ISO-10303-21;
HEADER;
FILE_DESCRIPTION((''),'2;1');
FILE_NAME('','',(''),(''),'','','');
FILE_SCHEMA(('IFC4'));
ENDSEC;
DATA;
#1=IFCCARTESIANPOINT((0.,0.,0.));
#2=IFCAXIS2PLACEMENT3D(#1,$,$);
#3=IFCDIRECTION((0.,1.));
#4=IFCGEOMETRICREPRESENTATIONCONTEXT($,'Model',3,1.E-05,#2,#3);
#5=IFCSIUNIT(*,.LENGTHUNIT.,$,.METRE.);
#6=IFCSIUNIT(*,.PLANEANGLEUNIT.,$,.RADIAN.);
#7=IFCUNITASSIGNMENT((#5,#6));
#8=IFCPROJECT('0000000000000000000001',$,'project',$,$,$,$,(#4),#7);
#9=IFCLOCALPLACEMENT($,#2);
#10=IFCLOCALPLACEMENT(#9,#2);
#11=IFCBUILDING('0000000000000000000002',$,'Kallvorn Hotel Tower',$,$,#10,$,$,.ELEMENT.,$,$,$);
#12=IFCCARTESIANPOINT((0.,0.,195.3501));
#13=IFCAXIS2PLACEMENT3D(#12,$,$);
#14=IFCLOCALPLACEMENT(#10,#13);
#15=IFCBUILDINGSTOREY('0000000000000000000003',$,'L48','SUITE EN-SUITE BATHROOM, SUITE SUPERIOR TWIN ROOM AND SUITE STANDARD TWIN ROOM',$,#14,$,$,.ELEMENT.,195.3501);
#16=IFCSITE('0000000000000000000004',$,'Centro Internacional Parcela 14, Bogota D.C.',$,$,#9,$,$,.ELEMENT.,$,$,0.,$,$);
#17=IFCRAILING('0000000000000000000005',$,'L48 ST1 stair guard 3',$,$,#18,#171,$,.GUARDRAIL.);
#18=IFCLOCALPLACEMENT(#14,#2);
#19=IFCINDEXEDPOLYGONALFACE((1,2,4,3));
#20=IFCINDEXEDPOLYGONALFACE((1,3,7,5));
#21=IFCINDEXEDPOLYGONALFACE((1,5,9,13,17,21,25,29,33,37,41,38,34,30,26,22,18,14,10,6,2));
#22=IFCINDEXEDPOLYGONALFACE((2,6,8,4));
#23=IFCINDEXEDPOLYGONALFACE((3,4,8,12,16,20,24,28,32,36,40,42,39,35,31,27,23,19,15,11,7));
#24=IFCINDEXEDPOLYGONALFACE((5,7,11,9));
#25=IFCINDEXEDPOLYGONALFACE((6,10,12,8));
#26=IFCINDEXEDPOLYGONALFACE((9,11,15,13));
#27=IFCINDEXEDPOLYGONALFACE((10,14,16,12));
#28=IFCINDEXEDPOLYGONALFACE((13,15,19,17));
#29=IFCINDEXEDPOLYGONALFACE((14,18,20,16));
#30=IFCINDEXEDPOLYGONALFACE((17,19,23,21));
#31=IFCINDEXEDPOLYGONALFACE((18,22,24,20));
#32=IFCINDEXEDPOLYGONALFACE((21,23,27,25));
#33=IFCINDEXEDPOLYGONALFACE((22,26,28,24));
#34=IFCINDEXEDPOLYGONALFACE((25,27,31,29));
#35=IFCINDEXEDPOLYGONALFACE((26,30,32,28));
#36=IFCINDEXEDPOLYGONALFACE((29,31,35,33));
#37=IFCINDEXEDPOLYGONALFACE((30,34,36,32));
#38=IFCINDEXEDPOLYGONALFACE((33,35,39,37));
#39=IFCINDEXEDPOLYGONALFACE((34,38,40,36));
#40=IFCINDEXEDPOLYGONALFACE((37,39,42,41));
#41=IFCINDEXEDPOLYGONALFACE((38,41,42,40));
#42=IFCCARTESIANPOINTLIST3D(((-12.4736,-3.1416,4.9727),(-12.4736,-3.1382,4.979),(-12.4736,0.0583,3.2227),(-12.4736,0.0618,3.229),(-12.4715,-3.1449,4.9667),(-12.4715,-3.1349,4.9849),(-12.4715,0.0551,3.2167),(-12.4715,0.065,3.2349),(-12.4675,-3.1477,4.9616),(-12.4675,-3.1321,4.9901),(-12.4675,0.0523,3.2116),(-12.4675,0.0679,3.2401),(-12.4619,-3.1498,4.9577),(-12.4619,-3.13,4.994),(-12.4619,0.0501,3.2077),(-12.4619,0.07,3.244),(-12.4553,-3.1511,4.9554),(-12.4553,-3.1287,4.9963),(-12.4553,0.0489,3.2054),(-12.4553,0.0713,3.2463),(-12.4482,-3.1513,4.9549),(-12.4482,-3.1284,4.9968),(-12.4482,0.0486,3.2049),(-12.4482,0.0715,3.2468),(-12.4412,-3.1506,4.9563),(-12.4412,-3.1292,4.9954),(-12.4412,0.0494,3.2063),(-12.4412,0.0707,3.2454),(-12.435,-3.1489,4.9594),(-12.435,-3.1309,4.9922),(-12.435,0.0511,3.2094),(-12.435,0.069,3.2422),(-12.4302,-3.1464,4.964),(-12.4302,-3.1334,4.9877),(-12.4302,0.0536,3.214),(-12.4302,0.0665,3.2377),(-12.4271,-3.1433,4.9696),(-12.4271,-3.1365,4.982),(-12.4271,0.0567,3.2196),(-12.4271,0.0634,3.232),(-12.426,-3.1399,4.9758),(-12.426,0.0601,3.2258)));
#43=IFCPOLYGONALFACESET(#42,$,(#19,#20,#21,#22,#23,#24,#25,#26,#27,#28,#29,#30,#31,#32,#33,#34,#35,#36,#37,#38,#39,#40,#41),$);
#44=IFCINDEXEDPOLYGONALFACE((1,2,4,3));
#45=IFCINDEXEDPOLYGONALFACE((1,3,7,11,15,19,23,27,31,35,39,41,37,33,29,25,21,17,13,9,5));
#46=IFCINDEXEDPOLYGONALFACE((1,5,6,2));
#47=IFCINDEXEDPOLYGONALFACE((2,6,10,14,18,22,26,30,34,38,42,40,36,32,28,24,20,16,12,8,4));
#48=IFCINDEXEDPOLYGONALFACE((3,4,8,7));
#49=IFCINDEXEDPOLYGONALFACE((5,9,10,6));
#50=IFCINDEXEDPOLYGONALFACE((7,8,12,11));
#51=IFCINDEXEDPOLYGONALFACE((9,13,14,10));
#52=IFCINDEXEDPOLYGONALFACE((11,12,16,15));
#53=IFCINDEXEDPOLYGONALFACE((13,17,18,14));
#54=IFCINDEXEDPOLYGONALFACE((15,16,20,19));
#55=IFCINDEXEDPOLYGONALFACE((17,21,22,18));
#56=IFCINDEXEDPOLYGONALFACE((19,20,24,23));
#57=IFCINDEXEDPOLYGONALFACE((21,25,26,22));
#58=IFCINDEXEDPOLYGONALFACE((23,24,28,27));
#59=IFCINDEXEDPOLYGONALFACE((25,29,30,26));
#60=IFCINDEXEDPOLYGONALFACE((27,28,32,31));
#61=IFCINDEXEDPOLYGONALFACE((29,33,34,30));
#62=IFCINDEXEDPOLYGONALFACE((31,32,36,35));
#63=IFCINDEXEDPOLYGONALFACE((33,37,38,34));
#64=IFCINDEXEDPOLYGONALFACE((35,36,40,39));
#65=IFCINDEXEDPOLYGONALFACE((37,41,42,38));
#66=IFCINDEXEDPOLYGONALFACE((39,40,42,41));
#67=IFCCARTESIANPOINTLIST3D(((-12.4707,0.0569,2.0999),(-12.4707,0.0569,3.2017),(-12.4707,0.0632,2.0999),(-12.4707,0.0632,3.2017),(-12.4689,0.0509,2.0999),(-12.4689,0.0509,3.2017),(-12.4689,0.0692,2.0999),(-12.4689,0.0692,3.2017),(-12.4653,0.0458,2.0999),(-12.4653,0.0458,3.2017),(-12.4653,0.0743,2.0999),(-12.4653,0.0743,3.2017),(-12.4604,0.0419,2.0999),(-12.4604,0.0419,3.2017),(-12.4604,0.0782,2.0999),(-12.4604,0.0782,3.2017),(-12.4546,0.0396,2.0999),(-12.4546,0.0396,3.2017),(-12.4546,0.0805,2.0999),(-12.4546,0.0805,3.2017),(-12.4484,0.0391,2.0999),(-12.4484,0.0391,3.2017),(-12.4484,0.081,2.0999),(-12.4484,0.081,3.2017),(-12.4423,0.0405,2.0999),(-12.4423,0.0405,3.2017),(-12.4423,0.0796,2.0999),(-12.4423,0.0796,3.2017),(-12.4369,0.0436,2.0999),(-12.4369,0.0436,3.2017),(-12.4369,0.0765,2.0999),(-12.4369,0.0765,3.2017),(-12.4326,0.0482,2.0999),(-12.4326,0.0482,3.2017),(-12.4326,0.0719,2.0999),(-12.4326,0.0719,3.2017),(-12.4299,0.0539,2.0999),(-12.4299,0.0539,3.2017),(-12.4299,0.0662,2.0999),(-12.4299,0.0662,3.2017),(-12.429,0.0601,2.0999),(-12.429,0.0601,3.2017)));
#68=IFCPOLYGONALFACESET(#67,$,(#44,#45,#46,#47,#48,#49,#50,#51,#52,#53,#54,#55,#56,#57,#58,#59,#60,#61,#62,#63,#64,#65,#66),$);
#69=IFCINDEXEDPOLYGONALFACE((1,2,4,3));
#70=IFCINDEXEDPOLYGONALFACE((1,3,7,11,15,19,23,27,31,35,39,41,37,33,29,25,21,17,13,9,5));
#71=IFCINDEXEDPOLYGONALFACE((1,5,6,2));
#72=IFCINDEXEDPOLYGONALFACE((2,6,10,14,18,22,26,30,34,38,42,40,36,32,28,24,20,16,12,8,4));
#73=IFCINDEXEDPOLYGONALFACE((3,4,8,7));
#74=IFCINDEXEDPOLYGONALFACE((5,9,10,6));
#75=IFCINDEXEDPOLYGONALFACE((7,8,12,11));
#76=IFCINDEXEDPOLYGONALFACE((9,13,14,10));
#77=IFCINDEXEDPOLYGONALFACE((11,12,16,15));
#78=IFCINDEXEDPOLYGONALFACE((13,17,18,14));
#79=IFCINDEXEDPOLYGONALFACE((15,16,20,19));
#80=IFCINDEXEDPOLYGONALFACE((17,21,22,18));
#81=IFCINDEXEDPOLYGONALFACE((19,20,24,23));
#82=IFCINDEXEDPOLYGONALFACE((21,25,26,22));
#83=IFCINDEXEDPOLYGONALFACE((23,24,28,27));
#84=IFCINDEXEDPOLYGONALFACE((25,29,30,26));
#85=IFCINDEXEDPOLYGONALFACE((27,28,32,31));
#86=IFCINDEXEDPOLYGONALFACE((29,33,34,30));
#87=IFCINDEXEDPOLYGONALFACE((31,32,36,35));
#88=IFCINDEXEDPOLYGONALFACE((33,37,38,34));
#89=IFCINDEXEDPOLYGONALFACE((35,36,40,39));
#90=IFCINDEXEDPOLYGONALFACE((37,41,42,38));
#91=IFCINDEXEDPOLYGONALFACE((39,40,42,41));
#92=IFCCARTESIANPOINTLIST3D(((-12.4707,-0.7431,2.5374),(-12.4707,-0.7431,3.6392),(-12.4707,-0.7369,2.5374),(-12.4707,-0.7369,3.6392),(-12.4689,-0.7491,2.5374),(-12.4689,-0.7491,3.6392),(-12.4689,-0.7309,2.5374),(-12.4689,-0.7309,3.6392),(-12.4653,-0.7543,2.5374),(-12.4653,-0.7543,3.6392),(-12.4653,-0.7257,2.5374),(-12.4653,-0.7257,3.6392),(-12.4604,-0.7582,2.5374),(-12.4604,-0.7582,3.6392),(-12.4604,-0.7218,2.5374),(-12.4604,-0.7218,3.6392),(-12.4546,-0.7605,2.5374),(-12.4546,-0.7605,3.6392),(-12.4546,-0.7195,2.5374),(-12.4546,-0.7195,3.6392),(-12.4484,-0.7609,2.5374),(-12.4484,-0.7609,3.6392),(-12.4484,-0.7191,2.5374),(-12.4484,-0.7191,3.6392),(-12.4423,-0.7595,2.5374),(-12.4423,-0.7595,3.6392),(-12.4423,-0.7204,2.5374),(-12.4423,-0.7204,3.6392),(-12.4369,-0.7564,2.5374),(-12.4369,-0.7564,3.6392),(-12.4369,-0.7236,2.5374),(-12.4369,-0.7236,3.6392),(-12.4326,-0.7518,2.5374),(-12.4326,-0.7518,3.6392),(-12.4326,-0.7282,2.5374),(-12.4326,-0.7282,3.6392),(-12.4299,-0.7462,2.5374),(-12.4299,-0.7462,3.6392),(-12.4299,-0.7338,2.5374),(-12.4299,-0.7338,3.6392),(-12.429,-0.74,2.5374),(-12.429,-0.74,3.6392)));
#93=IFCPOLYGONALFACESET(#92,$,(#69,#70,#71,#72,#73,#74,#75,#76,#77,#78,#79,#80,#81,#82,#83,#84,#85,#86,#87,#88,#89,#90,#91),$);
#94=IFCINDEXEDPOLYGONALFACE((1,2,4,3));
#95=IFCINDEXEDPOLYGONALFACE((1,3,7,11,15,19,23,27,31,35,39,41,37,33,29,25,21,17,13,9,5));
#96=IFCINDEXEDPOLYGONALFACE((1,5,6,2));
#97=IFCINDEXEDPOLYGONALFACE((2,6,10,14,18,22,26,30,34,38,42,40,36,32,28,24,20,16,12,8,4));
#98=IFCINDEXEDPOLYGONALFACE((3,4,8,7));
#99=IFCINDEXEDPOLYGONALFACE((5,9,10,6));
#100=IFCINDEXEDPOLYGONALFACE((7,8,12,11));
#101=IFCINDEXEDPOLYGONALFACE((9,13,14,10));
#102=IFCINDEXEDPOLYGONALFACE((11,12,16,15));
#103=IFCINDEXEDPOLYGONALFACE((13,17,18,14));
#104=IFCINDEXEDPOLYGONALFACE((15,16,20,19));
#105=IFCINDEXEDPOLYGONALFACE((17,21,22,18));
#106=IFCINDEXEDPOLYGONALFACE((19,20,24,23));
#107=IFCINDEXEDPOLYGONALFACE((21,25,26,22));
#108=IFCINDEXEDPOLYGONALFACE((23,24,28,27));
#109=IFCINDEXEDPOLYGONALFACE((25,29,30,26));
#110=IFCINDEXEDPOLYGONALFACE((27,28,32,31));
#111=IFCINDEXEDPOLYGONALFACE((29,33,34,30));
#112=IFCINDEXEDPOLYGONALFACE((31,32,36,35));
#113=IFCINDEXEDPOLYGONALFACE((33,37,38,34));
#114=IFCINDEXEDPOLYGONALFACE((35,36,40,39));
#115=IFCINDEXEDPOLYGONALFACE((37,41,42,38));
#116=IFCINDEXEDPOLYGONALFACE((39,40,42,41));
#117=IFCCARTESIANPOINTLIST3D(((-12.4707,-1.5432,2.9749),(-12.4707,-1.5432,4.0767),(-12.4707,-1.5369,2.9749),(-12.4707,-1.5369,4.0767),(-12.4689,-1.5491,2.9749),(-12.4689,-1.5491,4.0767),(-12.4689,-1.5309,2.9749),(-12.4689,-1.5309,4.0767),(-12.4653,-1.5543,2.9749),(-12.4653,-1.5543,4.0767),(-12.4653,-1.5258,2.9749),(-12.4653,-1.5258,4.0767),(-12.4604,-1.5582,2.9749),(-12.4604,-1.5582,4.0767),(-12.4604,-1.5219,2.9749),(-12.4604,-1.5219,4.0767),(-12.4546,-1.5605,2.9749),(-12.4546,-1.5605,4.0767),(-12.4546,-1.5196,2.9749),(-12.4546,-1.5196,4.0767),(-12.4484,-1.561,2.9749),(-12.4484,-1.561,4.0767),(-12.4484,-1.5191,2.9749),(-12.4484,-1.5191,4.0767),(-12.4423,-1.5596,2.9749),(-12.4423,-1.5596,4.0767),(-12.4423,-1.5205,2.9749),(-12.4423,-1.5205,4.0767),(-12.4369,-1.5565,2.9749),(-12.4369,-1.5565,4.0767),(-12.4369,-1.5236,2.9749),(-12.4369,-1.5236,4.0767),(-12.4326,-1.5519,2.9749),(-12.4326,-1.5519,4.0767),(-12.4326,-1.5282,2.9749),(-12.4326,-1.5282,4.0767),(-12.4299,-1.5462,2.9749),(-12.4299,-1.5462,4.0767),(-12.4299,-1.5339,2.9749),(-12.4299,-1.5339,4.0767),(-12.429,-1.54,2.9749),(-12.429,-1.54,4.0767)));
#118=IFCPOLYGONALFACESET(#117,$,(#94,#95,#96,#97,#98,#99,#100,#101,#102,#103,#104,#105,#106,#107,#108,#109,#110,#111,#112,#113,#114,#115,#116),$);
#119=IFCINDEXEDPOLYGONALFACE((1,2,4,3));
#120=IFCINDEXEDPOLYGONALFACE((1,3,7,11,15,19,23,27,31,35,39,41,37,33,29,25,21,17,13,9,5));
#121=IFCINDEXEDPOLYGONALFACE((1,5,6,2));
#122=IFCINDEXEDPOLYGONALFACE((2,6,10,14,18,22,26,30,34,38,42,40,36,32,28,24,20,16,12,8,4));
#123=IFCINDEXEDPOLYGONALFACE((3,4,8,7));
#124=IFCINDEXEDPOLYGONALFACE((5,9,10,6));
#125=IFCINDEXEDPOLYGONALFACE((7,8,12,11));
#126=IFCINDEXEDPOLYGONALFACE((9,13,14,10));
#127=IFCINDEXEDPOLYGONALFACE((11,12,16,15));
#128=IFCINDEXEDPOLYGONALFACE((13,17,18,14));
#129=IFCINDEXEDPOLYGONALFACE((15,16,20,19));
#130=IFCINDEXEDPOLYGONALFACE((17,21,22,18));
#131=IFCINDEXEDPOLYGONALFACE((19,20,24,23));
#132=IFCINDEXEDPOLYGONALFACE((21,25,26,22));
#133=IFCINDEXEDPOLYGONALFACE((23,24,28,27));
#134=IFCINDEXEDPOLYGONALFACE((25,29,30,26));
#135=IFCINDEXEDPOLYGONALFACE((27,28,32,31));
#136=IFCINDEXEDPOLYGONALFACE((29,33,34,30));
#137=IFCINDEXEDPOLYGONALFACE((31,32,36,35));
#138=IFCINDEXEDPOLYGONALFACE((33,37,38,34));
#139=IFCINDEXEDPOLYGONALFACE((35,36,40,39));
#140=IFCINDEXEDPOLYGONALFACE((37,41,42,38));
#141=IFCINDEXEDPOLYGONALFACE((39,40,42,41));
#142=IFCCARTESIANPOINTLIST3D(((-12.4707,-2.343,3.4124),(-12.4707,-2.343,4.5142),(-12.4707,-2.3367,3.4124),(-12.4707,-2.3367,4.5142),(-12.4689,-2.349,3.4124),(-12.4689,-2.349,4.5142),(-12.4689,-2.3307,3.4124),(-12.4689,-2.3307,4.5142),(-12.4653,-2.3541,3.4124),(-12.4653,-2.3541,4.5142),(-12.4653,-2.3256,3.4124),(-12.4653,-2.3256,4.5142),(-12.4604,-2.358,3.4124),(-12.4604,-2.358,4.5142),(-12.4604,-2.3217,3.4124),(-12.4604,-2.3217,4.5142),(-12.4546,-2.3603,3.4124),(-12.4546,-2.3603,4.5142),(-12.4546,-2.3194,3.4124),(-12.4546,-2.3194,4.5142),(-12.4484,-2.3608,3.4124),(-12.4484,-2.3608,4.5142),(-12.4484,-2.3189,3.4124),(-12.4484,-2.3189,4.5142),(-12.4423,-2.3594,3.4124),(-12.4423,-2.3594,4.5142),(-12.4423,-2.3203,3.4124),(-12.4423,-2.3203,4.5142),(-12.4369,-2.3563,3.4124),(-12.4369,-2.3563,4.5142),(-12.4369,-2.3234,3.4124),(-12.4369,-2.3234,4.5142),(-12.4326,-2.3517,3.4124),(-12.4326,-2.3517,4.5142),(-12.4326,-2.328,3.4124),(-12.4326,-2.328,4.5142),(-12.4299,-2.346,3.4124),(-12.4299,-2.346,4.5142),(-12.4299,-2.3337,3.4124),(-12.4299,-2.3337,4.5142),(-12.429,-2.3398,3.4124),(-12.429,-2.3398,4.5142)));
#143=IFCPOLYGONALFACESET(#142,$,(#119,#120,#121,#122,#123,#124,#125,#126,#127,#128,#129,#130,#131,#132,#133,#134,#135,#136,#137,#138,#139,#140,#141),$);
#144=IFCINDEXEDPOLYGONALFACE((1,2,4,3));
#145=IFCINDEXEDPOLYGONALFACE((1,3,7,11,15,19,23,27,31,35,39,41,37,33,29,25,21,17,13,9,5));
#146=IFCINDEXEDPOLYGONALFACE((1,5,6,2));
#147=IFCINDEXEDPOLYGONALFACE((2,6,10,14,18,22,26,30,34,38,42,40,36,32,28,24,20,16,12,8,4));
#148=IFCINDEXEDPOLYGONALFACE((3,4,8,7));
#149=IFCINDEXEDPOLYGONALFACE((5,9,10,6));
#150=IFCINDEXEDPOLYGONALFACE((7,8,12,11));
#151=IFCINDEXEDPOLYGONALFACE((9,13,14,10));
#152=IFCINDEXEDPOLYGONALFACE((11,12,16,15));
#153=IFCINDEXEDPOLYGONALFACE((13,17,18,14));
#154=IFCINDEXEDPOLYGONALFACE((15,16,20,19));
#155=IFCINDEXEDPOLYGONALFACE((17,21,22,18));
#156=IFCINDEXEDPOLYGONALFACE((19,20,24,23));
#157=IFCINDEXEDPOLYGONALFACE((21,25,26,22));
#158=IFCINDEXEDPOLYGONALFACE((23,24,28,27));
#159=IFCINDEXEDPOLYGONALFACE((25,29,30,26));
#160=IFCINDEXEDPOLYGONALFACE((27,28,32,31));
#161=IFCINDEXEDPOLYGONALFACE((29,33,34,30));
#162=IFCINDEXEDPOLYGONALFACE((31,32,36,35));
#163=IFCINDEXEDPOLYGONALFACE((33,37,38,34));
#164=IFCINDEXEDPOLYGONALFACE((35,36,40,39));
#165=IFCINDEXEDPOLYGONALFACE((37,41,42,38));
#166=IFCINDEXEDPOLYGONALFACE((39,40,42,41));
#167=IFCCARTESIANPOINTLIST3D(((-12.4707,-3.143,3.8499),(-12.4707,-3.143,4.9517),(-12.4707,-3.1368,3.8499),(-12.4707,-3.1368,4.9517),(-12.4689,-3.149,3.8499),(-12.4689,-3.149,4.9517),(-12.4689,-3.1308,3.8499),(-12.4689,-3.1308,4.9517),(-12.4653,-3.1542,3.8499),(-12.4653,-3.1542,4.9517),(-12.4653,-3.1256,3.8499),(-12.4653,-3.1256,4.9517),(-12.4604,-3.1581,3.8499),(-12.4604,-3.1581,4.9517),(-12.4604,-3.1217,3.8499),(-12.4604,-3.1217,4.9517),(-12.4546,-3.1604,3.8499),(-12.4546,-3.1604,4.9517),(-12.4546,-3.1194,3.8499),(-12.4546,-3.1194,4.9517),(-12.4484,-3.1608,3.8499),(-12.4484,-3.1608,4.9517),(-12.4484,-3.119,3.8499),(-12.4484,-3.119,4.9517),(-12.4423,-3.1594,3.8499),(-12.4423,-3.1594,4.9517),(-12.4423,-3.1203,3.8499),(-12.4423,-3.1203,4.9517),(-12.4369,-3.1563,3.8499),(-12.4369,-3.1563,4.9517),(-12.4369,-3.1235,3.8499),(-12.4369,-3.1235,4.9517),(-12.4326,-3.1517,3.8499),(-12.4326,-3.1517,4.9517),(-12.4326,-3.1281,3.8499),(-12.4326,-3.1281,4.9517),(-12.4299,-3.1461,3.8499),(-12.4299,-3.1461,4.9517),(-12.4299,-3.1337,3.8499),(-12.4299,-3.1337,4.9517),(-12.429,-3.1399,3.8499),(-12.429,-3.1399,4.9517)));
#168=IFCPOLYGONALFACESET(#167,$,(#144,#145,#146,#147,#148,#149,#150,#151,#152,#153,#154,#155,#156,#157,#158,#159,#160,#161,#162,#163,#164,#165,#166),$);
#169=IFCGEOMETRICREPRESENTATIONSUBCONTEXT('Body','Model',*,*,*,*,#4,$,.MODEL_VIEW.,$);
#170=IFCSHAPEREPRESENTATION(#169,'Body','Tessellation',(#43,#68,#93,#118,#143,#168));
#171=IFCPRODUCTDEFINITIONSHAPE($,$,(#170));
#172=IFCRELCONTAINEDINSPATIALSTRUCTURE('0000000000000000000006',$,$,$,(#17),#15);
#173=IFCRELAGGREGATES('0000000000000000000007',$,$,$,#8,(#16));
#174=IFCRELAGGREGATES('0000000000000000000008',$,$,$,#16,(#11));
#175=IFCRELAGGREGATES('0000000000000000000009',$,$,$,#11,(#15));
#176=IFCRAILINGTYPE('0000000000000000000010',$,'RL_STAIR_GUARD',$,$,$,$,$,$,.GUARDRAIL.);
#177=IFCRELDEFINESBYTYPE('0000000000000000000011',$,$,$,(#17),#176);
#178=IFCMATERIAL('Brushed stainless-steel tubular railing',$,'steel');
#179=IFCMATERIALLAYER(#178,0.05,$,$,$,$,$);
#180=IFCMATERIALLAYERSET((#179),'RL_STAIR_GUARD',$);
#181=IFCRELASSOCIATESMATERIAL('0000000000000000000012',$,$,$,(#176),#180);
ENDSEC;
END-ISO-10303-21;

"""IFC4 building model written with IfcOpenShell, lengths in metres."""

from ifc_helpers import new_model, si_unit, direction, frame, origin, origin_2d, place, context, subcontext, project, spatial, circle, extrude, material, layer, layer_set, type_object, element, save


model = new_model("IFC4")

# Units and contexts
model_context = context("Model", 3, precision=1e-05, world=origin(), true_north=direction((0.0, 1.0)))
body_context = subcontext(model_context, "Body", "Model", "MODEL_VIEW")
ifc_project = project(units=[si_unit("LENGTHUNIT", "METRE"), si_unit("PLANEANGLEUNIT", "RADIAN")], contexts=[model_context])

# Site, building, storey
site_placement = place(None, origin())
site = spatial("IfcSite", under=ifc_project, at=site_placement, Name="Centro Internacional Parcela 14, Bogota D.C.", CompositionType="ELEMENT", RefElevation=0.0)
building_placement = place(site_placement, origin())
building = spatial("IfcBuilding", under=site, at=building_placement, Name="Kallvorn Hotel Tower", CompositionType="ELEMENT")
storey_placement = place(building_placement, frame((0.0, 0.0, 195.3501)))
storey = spatial("IfcBuildingStorey", under=building, at=storey_placement, Name="L48", Description="SUITE EN-SUITE BATHROOM, SUITE SUPERIOR TWIN ROOM AND SUITE STANDARD TWIN ROOM", CompositionType="ELEMENT", Elevation=195.3501)

# Railing
ifc_material_1 = material(Name="Brushed stainless-steel tubular railing", Category="steel")
ifc_layer_1 = layer(ifc_material_1, 0.05)
ifc_layer_set_1 = layer_set([ifc_layer_1], Name="RL_STAIR_GUARD")
railing_type_1 = type_object("IfcRailingType", Name="RL_STAIR_GUARD", PredefinedType="GUARDRAIL", material=ifc_layer_set_1)
railing_1_placement = place(storey_placement, frame((-12.45, 0.0601, 2.0999)))
element("IfcRailing", 1, at=railing_1_placement, inside=storey, type_object=railing_type_1, Name="L48 ST1 stair guard 3", PredefinedType="GUARDRAIL", context=body_context, shape_type="SweptSolid", body=[
    extrude(circle(Radius=0.0239, at=origin_2d()), frame((0.0, 0.0, 1.126), z_axis=(0.0, -0.877368, 0.479818), x_axis=(1.0, 0.0, 0.0)), (0.0, 0.0, 1.0), 3.6472),
    extrude(circle(Radius=0.021, at=origin_2d()), origin(), (0.0, 0.0, 1.0), 1.1018),
    extrude(circle(Radius=0.021, at=origin_2d()), frame((0.0, -0.8, 0.4375)), (0.0, 0.0, 1.0), 1.1018),
    extrude(circle(Radius=0.021, at=origin_2d()), frame((0.0, -1.6001, 0.875)), (0.0, 0.0, 1.0), 1.1018),
    extrude(circle(Radius=0.021, at=origin_2d()), frame((0.0, -2.3999, 1.3125)), (0.0, 0.0, 1.0), 1.1018),
    extrude(circle(Radius=0.021, at=origin_2d()), frame((0.0, -3.2, 1.75)), (0.0, 0.0, 1.0), 1.1018),
])

save(model, "model.ifc")
